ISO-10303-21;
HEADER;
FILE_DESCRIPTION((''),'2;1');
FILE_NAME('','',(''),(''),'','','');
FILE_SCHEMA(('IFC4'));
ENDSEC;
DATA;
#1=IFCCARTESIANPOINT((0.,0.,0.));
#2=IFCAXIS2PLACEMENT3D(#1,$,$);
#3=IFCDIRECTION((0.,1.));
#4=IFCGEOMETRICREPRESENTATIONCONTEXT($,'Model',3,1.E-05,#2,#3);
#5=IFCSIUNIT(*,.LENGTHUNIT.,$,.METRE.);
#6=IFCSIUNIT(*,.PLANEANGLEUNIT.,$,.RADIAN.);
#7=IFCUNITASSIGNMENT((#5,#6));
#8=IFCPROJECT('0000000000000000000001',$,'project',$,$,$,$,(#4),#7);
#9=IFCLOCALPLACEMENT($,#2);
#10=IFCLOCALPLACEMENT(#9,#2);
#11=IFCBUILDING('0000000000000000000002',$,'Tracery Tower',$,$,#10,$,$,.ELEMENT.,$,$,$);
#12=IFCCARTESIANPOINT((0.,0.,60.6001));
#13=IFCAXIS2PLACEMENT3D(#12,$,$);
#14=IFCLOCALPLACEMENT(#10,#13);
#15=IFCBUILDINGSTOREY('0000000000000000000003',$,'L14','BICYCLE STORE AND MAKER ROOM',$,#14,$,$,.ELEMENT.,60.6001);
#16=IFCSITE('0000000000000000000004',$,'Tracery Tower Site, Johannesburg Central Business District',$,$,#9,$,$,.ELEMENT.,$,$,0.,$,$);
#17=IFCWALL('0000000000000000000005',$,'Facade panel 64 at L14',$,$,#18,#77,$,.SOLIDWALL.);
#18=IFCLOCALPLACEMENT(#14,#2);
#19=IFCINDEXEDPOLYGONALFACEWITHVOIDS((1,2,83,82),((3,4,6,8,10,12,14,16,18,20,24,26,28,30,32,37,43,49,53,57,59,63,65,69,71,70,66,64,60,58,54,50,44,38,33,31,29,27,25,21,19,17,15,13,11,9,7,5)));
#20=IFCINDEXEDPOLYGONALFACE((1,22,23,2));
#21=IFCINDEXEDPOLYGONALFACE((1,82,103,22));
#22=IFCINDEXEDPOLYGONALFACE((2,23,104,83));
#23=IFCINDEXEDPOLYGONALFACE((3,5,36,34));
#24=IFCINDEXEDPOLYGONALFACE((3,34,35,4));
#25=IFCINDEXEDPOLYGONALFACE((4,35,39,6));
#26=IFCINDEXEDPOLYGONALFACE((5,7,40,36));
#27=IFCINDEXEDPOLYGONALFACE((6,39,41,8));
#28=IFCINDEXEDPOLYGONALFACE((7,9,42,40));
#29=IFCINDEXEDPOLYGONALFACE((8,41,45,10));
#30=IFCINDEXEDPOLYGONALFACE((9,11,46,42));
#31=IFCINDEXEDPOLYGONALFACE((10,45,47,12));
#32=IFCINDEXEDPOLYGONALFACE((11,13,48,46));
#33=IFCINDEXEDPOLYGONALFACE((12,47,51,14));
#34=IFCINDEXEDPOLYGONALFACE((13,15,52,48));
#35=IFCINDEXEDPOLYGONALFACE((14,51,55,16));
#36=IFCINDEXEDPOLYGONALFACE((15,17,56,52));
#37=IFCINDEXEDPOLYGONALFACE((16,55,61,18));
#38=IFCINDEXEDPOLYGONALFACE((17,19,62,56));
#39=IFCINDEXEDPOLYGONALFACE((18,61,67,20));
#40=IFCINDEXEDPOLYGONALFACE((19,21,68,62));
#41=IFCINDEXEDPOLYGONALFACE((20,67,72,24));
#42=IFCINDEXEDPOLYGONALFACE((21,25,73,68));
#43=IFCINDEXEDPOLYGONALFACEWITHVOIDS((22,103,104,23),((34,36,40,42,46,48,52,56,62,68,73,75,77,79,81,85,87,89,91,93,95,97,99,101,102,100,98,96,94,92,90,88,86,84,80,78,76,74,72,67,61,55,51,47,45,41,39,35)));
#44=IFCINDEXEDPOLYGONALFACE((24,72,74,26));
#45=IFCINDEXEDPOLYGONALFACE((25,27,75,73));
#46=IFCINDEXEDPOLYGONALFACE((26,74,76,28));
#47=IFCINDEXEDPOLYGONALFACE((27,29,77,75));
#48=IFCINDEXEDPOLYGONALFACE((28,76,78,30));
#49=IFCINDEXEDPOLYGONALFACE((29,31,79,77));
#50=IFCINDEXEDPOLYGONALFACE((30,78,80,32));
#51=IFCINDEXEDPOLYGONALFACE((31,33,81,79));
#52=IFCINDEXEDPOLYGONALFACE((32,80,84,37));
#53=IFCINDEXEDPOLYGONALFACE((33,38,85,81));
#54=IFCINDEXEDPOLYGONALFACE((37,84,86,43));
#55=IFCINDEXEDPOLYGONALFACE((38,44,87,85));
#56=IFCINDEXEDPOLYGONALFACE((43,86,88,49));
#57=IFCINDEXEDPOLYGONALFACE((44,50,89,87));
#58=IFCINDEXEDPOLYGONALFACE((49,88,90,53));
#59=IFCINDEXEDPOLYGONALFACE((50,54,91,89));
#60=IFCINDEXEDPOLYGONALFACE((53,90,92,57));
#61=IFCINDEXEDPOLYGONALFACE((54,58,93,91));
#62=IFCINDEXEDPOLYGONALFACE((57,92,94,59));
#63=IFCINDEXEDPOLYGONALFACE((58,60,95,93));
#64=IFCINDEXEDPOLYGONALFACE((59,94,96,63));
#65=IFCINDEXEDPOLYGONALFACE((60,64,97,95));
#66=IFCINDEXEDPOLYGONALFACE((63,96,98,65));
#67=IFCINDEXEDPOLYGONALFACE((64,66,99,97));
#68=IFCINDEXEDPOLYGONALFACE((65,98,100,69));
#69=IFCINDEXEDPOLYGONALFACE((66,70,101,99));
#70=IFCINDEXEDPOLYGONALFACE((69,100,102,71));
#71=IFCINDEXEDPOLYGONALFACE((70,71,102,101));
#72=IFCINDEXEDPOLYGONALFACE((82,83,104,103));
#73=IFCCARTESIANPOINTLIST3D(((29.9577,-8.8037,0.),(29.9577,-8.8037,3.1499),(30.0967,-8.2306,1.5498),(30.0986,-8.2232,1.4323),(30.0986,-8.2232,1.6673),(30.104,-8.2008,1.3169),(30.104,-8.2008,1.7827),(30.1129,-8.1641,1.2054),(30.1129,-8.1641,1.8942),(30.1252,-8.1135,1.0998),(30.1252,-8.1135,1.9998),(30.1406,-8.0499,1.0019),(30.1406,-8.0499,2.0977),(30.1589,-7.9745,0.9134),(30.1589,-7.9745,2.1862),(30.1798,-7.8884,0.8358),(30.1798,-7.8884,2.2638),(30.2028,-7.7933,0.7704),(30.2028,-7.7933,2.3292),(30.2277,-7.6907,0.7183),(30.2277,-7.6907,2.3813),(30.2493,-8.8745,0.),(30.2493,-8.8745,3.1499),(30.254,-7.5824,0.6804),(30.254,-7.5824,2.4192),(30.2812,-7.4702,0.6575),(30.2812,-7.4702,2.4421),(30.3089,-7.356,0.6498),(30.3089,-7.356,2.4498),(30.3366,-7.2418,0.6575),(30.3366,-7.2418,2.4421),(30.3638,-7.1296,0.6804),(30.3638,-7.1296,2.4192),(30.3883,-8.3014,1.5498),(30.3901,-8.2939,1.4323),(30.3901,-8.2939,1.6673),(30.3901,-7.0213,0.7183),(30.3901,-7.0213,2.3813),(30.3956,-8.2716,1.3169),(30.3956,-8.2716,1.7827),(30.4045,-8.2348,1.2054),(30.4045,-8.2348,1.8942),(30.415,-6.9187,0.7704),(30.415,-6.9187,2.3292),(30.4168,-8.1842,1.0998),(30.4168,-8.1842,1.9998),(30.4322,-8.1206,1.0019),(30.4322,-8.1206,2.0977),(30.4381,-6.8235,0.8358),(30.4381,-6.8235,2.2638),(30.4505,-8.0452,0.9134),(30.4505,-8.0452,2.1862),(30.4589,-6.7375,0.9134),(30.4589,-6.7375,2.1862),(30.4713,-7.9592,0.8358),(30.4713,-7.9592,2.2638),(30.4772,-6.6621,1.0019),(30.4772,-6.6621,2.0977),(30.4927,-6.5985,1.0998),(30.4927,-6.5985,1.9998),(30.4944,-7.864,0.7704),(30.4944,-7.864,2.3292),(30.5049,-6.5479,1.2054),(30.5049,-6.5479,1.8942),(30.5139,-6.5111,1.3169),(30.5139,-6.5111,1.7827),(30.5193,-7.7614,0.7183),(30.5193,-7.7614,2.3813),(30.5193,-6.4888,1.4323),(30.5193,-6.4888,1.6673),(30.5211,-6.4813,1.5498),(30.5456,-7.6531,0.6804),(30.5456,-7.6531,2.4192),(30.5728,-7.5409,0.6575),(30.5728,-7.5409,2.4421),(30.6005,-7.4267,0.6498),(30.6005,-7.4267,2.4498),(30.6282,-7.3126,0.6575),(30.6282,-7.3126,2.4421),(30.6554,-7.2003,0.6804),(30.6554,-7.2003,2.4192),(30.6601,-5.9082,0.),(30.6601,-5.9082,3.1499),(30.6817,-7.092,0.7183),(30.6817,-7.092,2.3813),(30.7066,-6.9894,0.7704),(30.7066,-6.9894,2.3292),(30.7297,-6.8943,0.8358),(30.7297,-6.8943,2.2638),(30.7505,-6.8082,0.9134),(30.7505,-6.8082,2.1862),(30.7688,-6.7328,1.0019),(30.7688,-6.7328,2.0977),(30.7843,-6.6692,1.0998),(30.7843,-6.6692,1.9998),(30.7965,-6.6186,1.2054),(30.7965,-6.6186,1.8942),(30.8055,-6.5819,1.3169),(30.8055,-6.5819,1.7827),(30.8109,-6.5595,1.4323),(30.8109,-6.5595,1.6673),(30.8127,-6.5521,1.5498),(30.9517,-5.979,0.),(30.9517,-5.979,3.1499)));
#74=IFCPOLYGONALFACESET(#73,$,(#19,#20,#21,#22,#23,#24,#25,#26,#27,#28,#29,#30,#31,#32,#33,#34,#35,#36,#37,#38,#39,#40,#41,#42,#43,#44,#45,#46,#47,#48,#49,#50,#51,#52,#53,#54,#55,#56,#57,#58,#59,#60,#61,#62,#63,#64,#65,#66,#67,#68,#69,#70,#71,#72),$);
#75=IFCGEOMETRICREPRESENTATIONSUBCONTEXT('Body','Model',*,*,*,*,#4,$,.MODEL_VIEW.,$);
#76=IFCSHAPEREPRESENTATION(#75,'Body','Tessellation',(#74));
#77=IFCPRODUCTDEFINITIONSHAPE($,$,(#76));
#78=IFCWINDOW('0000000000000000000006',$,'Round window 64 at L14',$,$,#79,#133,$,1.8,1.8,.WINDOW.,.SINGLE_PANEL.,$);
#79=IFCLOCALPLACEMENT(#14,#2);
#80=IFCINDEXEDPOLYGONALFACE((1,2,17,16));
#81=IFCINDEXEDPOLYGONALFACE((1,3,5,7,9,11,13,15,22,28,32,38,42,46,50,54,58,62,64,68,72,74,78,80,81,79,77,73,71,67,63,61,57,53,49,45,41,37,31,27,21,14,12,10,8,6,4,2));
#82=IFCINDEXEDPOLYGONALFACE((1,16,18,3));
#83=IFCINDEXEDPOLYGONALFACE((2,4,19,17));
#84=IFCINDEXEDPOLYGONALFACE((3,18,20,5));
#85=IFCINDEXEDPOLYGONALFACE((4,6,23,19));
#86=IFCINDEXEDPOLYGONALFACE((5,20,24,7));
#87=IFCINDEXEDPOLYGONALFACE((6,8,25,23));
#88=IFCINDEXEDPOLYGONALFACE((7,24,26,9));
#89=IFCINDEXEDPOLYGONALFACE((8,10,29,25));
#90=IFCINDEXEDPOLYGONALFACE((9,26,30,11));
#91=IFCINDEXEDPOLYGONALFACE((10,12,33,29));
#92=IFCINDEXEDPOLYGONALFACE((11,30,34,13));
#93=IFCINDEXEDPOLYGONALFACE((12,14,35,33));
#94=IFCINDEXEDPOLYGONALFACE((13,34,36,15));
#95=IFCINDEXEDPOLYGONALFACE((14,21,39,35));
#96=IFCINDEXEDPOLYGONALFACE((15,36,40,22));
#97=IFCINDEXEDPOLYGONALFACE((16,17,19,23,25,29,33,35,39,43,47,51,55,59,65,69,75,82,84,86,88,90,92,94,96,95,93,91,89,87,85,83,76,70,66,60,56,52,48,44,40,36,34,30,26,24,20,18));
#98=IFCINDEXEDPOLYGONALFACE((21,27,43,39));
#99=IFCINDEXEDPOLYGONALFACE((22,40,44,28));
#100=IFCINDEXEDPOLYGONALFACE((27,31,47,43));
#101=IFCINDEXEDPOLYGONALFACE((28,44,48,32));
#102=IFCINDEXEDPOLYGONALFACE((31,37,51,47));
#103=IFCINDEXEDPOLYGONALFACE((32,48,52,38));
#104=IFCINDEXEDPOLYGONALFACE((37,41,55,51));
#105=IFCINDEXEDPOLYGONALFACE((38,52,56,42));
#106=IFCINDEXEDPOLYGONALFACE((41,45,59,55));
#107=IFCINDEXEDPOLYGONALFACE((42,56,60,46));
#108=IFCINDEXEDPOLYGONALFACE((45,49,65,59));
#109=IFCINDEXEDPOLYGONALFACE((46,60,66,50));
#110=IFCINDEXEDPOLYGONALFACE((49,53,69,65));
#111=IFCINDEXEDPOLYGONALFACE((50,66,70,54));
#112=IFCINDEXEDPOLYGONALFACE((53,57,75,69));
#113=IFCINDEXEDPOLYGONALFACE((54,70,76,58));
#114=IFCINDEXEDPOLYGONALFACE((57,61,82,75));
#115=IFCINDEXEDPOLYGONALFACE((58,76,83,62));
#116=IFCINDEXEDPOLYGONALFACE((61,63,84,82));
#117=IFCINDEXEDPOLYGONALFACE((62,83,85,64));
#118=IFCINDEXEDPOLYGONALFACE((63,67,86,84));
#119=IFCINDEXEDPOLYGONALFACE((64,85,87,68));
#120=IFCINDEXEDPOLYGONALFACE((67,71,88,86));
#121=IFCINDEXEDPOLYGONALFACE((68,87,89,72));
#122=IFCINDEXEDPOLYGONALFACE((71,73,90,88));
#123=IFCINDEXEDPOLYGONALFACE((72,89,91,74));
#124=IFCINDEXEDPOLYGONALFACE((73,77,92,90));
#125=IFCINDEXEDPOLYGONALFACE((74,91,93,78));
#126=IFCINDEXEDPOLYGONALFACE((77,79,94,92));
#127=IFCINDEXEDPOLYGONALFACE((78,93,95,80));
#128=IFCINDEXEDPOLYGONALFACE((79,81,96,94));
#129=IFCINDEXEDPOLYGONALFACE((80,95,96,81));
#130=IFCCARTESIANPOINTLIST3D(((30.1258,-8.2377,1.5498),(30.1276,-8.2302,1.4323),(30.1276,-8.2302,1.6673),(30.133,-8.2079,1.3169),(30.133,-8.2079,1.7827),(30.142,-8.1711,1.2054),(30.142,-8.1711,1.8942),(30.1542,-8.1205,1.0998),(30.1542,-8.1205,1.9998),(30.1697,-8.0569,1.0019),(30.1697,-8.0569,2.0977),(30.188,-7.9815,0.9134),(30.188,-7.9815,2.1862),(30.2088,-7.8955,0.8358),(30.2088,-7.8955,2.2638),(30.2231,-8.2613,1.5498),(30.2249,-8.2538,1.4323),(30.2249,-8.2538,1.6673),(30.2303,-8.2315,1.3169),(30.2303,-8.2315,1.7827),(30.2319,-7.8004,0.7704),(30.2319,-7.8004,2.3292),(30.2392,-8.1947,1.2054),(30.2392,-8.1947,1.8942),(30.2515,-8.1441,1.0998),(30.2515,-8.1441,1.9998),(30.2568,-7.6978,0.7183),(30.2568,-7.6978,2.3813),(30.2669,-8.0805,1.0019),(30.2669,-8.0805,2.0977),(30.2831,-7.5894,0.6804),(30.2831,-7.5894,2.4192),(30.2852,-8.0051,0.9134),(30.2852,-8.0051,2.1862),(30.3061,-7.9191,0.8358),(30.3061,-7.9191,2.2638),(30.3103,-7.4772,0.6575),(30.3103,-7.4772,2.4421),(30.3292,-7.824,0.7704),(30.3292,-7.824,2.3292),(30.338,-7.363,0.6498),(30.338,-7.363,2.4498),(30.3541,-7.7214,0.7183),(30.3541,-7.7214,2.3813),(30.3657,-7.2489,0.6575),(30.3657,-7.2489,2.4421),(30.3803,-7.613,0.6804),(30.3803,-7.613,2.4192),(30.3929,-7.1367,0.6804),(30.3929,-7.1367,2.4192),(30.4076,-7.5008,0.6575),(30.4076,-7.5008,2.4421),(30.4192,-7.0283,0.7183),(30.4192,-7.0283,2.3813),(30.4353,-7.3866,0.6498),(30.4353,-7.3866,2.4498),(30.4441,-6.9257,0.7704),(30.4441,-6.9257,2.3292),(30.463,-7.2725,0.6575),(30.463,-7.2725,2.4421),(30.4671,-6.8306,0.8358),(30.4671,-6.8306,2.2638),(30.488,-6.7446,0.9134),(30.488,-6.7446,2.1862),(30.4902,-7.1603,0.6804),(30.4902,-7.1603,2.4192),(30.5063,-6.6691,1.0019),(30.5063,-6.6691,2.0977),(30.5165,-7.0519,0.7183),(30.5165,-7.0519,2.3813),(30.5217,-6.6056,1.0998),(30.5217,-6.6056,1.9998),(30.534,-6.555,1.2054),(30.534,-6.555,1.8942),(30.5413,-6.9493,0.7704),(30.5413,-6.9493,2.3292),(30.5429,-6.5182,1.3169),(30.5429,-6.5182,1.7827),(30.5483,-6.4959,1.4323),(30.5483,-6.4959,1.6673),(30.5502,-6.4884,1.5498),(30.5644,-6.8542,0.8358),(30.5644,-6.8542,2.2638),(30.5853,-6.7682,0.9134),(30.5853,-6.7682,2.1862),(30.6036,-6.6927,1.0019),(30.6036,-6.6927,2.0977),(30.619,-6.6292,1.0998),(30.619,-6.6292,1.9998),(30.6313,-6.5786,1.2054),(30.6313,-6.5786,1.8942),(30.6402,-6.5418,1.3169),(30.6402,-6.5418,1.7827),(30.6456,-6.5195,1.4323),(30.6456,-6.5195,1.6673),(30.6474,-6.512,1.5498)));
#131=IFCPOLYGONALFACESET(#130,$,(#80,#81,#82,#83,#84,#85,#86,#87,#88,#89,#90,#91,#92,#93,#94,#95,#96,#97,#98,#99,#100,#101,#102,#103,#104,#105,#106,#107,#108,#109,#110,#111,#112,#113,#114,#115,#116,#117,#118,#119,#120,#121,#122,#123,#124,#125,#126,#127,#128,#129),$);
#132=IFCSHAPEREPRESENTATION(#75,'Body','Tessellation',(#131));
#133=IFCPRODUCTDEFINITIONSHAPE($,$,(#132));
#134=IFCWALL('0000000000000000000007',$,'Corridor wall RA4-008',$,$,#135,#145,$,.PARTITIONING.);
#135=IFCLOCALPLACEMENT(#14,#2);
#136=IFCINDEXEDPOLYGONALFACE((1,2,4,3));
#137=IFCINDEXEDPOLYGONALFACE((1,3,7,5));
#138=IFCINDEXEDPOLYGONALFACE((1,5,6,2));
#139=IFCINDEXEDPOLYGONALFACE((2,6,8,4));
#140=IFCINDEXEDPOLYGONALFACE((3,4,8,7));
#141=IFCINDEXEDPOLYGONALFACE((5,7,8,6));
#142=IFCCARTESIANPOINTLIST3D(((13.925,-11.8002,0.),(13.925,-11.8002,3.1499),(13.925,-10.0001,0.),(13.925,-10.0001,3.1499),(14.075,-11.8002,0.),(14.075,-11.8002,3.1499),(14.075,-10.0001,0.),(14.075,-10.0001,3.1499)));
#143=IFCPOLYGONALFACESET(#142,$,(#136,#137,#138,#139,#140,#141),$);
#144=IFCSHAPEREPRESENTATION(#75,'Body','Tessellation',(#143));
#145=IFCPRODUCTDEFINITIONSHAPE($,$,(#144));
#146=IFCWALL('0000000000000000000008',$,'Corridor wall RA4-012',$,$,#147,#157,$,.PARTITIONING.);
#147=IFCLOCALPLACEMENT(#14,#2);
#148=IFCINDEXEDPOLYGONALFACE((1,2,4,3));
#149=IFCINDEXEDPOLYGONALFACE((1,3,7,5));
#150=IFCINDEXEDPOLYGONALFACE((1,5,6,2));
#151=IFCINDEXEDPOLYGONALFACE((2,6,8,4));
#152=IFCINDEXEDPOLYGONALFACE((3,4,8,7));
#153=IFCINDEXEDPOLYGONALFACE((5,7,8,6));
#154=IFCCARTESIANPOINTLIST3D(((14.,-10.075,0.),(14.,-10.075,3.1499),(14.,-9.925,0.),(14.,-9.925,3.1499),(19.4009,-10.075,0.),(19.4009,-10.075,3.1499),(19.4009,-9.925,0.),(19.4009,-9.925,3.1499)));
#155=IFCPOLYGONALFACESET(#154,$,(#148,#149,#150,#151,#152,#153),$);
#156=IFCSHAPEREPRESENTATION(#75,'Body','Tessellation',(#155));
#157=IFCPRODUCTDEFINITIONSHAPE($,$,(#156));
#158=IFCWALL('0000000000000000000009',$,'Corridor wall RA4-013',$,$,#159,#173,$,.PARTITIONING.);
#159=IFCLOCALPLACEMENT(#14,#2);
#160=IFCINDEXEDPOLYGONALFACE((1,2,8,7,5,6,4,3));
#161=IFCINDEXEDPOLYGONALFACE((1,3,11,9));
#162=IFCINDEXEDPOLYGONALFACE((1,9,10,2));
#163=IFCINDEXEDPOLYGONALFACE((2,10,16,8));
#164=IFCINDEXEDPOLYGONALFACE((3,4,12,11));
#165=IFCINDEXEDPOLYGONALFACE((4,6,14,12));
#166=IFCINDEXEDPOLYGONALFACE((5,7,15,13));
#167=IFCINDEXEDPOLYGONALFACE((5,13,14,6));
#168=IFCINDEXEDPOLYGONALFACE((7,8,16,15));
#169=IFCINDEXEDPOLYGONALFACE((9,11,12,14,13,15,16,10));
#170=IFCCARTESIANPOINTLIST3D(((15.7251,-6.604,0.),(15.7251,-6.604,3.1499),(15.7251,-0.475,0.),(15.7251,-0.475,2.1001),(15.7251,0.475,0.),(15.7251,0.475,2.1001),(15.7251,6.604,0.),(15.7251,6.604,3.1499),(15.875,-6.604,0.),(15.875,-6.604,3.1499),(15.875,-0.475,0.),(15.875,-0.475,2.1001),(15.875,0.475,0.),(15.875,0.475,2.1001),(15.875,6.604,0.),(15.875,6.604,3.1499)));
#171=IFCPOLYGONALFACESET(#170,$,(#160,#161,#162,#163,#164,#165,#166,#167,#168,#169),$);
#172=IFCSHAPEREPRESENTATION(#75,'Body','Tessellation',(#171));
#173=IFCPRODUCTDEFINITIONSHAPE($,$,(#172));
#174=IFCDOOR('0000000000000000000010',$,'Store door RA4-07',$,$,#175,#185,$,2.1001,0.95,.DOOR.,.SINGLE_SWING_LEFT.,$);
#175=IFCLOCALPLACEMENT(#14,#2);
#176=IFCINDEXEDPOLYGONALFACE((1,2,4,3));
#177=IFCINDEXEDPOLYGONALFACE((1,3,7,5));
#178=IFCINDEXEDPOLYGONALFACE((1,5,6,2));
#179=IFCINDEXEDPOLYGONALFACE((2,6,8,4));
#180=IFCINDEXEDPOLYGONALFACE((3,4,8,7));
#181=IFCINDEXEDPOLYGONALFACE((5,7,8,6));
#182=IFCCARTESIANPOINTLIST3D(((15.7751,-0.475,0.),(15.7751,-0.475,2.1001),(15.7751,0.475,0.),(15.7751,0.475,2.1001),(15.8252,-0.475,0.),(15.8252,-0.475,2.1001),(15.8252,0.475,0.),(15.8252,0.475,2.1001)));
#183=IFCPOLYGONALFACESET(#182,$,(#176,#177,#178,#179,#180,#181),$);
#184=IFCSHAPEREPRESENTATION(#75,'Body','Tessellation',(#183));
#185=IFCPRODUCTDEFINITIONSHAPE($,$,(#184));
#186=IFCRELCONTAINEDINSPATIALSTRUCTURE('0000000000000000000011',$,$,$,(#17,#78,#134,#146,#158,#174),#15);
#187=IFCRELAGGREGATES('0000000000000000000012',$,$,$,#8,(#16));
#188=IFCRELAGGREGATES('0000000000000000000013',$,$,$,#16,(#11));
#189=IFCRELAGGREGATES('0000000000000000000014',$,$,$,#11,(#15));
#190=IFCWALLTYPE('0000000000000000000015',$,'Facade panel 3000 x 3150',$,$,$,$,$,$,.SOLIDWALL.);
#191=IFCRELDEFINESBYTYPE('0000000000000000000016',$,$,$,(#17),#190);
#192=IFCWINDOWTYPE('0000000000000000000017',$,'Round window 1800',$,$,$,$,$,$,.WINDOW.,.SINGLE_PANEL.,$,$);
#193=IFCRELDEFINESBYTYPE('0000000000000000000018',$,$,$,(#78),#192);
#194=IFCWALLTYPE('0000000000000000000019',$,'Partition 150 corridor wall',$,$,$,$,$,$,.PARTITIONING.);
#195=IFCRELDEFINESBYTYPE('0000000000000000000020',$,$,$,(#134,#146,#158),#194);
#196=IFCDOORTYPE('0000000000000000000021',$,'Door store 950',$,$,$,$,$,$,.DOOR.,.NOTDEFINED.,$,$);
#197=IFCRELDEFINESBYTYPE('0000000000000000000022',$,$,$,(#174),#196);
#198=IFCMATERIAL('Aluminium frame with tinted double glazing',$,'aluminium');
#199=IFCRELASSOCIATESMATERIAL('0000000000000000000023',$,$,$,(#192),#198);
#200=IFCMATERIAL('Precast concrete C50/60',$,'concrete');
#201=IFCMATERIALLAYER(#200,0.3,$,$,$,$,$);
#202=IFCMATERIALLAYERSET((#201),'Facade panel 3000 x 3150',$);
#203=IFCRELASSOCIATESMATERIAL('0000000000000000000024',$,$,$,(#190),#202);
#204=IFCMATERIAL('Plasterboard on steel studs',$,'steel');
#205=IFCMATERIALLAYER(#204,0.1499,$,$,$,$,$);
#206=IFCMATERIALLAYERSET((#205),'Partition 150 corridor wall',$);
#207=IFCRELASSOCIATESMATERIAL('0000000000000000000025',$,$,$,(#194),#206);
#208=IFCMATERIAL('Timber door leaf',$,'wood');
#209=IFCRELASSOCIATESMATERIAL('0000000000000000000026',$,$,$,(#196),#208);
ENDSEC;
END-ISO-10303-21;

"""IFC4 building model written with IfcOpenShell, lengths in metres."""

from ifc_helpers import new_model, si_unit, direction, frame, frame_2d, origin, origin_2d, place, context, subcontext, project, spatial, rectangle, circle, extrude, material, layer, layer_set, type_object, element, fill, save


model = new_model("IFC4")

# Units and contexts
model_context = context("Model", 3, precision=1e-05, world=origin(), true_north=direction((0.0, 1.0)))
body_context = subcontext(model_context, "Body", "Model", "MODEL_VIEW")
ifc_project = project(units=[si_unit("LENGTHUNIT", "METRE"), si_unit("PLANEANGLEUNIT", "RADIAN")], contexts=[model_context])

# Site, building, storey
site_placement = place(None, origin())
site = spatial("IfcSite", under=ifc_project, at=site_placement, Name="Tracery Tower Site, Johannesburg Central Business District", CompositionType="ELEMENT", RefElevation=0.0)
building_placement = place(site_placement, origin())
building = spatial("IfcBuilding", under=site, at=building_placement, Name="Tracery Tower", CompositionType="ELEMENT")
storey_placement = place(building_placement, frame((0.0, 0.0, 60.6001)))
storey = spatial("IfcBuildingStorey", under=building, at=storey_placement, Name="L14", Description="BICYCLE STORE AND MAKER ROOM", CompositionType="ELEMENT", Elevation=60.6001)

# Wall, opening, window
ifc_material_1 = material(Name="Aluminium frame with tinted double glazing", Category="aluminium")
window_type = type_object("IfcWindowType", Name="Round window 1800", PartitioningType="SINGLE_PANEL", PredefinedType="WINDOW", material=ifc_material_1)
ifc_material_2 = material(Name="Precast concrete C50/60", Category="concrete")
ifc_layer_1 = layer(ifc_material_2, 0.3)
ifc_layer_set_1 = layer_set([ifc_layer_1], Name="Facade panel 3000 x 3150")
wall_type_1 = type_object("IfcWallType", Name="Facade panel 3000 x 3150", PredefinedType="SOLIDWALL", material=ifc_layer_set_1)
wall_1_placement = place(storey_placement, frame((30.1035, -8.8391, 0.0), z_axis=(0.0, 0.0, 1.0), x_axis=(0.235743, 0.971815, 0.0)))
wall_1 = element("IfcWall", 1, at=wall_1_placement, inside=storey, type_object=wall_type_1, Name="Facade panel 64 at L14", PredefinedType="SOLIDWALL", context=body_context, shape_type="SweptSolid", body=[
    extrude(rectangle(XDim=2.9795, YDim=0.3, at=frame_2d((1.4897, 0.0))), origin(), (0.0, 0.0, 1.0), 3.1499),
])
opening_1_placement = place(wall_1_placement, frame((1.4897, 0.0, 1.5498)))
opening_1 = element("IfcOpeningElement", 2, at=opening_1_placement, cuts=wall_1, PredefinedType="OPENING", context=body_context, shape_type="SweptSolid", body=[
    extrude(circle(Radius=0.9, at=origin_2d()), frame((0.0, 0.1599, 0.0), z_axis=(0.0, -1.0, 0.0), x_axis=(1.0, 0.0, 0.0)), (0.0, 0.0, 1.0), 0.3201),
])
window_1_placement = place(opening_1_placement, origin())
window_1 = element("IfcWindow", 3, at=window_1_placement, inside=storey, type_object=window_type, Name="Round window 64 at L14", OverallHeight=1.8, OverallWidth=1.8, PartitioningType="SINGLE_PANEL", PredefinedType="WINDOW", context=body_context, shape_type="SweptSolid", body=[
    extrude(circle(Radius=0.9, at=origin_2d()), frame((0.0, 0.1201, 0.0), z_axis=(0.0, -1.0, 0.0), x_axis=(1.0, 0.0, 0.0)), (0.0, 0.0, 1.0), 0.1001),
])
fill(opening_1, window_1)

# Walls
ifc_material_3 = material(Name="Plasterboard on steel studs", Category="steel")
ifc_layer_2 = layer(ifc_material_3, 0.1499)
ifc_layer_set_2 = layer_set([ifc_layer_2], Name="Partition 150 corridor wall")
wall_type_2 = type_object("IfcWallType", Name="Partition 150 corridor wall", PredefinedType="PARTITIONING", material=ifc_layer_set_2)
wall_2_placement = place(storey_placement, frame((14.0, -11.8, 0.0), z_axis=(0.0, 0.0, 1.0), x_axis=(0.0, 1.0, 0.0)))
element("IfcWall", 4, at=wall_2_placement, inside=storey, type_object=wall_type_2, Name="Corridor wall RA4-008", PredefinedType="PARTITIONING", context=body_context, shape_type="SweptSolid", body=[
    extrude(rectangle(XDim=1.8, YDim=0.1499, at=frame_2d((0.8999, 0.0))), origin(), (0.0, 0.0, 1.0), 3.1499),
])
wall_3_placement = place(storey_placement, frame((14.0, -10.0, 0.0), z_axis=(0.0, 0.0, 1.0), x_axis=(1.0, 0.0, 0.0)))
element("IfcWall", 5, at=wall_3_placement, inside=storey, type_object=wall_type_2, Name="Corridor wall RA4-012", PredefinedType="PARTITIONING", context=body_context, shape_type="SweptSolid", body=[
    extrude(rectangle(XDim=5.4009, YDim=0.1499, at=frame_2d((2.7004, 0.0))), origin(), (0.0, 0.0, 1.0), 3.1499),
])

# Wall, opening, door
wall_4_placement = place(storey_placement, frame((15.8, -6.604, 0.0), z_axis=(0.0, 0.0, 1.0), x_axis=(0.0, 1.0, 0.0)))
wall_4 = element("IfcWall", 6, at=wall_4_placement, inside=storey, type_object=wall_type_2, Name="Corridor wall RA4-013", PredefinedType="PARTITIONING", context=body_context, shape_type="SweptSolid", body=[
    extrude(rectangle(XDim=13.208, YDim=0.1499, at=frame_2d((6.604, 0.0))), origin(), (0.0, 0.0, 1.0), 3.1499),
])
opening_2_placement = place(wall_4_placement, frame((6.1289, 0.0, 0.0)))
opening_2 = element("IfcOpeningElement", 7, at=opening_2_placement, cuts=wall_4, PredefinedType="OPENING", context=body_context, shape_type="SweptSolid", body=[
    extrude(rectangle(XDim=0.95, YDim=2.1001, at=frame_2d((0.4751, 1.05))), frame((0.0, 0.075, 0.0), z_axis=(0.0, -1.0, 0.0), x_axis=(1.0, 0.0, 0.0)), (0.0, 0.0, 1.0), 0.1499),
])
ifc_material_4 = material(Name="Timber door leaf", Category="wood")
door_type_1 = type_object("IfcDoorType", Name="Door store 950", OperationType="NOTDEFINED", PredefinedType="DOOR", material=ifc_material_4)
door_1_placement = place(opening_2_placement, origin())
door_1 = element("IfcDoor", 8, at=door_1_placement, inside=storey, type_object=door_type_1, Name="Store door RA4-07", OperationType="SINGLE_SWING_LEFT", OverallHeight=2.1001, OverallWidth=0.95, PredefinedType="DOOR", context=body_context, shape_type="SweptSolid", body=[
    extrude(rectangle(XDim=0.95, YDim=2.1001, at=frame_2d((0.4751, 1.05))), frame((0.0, 0.0249, 0.0), z_axis=(0.0, -1.0, 0.0), x_axis=(1.0, 0.0, 0.0)), (0.0, 0.0, 1.0), 0.05),
])
fill(opening_2, door_1)

save(model, "model.ifc")
